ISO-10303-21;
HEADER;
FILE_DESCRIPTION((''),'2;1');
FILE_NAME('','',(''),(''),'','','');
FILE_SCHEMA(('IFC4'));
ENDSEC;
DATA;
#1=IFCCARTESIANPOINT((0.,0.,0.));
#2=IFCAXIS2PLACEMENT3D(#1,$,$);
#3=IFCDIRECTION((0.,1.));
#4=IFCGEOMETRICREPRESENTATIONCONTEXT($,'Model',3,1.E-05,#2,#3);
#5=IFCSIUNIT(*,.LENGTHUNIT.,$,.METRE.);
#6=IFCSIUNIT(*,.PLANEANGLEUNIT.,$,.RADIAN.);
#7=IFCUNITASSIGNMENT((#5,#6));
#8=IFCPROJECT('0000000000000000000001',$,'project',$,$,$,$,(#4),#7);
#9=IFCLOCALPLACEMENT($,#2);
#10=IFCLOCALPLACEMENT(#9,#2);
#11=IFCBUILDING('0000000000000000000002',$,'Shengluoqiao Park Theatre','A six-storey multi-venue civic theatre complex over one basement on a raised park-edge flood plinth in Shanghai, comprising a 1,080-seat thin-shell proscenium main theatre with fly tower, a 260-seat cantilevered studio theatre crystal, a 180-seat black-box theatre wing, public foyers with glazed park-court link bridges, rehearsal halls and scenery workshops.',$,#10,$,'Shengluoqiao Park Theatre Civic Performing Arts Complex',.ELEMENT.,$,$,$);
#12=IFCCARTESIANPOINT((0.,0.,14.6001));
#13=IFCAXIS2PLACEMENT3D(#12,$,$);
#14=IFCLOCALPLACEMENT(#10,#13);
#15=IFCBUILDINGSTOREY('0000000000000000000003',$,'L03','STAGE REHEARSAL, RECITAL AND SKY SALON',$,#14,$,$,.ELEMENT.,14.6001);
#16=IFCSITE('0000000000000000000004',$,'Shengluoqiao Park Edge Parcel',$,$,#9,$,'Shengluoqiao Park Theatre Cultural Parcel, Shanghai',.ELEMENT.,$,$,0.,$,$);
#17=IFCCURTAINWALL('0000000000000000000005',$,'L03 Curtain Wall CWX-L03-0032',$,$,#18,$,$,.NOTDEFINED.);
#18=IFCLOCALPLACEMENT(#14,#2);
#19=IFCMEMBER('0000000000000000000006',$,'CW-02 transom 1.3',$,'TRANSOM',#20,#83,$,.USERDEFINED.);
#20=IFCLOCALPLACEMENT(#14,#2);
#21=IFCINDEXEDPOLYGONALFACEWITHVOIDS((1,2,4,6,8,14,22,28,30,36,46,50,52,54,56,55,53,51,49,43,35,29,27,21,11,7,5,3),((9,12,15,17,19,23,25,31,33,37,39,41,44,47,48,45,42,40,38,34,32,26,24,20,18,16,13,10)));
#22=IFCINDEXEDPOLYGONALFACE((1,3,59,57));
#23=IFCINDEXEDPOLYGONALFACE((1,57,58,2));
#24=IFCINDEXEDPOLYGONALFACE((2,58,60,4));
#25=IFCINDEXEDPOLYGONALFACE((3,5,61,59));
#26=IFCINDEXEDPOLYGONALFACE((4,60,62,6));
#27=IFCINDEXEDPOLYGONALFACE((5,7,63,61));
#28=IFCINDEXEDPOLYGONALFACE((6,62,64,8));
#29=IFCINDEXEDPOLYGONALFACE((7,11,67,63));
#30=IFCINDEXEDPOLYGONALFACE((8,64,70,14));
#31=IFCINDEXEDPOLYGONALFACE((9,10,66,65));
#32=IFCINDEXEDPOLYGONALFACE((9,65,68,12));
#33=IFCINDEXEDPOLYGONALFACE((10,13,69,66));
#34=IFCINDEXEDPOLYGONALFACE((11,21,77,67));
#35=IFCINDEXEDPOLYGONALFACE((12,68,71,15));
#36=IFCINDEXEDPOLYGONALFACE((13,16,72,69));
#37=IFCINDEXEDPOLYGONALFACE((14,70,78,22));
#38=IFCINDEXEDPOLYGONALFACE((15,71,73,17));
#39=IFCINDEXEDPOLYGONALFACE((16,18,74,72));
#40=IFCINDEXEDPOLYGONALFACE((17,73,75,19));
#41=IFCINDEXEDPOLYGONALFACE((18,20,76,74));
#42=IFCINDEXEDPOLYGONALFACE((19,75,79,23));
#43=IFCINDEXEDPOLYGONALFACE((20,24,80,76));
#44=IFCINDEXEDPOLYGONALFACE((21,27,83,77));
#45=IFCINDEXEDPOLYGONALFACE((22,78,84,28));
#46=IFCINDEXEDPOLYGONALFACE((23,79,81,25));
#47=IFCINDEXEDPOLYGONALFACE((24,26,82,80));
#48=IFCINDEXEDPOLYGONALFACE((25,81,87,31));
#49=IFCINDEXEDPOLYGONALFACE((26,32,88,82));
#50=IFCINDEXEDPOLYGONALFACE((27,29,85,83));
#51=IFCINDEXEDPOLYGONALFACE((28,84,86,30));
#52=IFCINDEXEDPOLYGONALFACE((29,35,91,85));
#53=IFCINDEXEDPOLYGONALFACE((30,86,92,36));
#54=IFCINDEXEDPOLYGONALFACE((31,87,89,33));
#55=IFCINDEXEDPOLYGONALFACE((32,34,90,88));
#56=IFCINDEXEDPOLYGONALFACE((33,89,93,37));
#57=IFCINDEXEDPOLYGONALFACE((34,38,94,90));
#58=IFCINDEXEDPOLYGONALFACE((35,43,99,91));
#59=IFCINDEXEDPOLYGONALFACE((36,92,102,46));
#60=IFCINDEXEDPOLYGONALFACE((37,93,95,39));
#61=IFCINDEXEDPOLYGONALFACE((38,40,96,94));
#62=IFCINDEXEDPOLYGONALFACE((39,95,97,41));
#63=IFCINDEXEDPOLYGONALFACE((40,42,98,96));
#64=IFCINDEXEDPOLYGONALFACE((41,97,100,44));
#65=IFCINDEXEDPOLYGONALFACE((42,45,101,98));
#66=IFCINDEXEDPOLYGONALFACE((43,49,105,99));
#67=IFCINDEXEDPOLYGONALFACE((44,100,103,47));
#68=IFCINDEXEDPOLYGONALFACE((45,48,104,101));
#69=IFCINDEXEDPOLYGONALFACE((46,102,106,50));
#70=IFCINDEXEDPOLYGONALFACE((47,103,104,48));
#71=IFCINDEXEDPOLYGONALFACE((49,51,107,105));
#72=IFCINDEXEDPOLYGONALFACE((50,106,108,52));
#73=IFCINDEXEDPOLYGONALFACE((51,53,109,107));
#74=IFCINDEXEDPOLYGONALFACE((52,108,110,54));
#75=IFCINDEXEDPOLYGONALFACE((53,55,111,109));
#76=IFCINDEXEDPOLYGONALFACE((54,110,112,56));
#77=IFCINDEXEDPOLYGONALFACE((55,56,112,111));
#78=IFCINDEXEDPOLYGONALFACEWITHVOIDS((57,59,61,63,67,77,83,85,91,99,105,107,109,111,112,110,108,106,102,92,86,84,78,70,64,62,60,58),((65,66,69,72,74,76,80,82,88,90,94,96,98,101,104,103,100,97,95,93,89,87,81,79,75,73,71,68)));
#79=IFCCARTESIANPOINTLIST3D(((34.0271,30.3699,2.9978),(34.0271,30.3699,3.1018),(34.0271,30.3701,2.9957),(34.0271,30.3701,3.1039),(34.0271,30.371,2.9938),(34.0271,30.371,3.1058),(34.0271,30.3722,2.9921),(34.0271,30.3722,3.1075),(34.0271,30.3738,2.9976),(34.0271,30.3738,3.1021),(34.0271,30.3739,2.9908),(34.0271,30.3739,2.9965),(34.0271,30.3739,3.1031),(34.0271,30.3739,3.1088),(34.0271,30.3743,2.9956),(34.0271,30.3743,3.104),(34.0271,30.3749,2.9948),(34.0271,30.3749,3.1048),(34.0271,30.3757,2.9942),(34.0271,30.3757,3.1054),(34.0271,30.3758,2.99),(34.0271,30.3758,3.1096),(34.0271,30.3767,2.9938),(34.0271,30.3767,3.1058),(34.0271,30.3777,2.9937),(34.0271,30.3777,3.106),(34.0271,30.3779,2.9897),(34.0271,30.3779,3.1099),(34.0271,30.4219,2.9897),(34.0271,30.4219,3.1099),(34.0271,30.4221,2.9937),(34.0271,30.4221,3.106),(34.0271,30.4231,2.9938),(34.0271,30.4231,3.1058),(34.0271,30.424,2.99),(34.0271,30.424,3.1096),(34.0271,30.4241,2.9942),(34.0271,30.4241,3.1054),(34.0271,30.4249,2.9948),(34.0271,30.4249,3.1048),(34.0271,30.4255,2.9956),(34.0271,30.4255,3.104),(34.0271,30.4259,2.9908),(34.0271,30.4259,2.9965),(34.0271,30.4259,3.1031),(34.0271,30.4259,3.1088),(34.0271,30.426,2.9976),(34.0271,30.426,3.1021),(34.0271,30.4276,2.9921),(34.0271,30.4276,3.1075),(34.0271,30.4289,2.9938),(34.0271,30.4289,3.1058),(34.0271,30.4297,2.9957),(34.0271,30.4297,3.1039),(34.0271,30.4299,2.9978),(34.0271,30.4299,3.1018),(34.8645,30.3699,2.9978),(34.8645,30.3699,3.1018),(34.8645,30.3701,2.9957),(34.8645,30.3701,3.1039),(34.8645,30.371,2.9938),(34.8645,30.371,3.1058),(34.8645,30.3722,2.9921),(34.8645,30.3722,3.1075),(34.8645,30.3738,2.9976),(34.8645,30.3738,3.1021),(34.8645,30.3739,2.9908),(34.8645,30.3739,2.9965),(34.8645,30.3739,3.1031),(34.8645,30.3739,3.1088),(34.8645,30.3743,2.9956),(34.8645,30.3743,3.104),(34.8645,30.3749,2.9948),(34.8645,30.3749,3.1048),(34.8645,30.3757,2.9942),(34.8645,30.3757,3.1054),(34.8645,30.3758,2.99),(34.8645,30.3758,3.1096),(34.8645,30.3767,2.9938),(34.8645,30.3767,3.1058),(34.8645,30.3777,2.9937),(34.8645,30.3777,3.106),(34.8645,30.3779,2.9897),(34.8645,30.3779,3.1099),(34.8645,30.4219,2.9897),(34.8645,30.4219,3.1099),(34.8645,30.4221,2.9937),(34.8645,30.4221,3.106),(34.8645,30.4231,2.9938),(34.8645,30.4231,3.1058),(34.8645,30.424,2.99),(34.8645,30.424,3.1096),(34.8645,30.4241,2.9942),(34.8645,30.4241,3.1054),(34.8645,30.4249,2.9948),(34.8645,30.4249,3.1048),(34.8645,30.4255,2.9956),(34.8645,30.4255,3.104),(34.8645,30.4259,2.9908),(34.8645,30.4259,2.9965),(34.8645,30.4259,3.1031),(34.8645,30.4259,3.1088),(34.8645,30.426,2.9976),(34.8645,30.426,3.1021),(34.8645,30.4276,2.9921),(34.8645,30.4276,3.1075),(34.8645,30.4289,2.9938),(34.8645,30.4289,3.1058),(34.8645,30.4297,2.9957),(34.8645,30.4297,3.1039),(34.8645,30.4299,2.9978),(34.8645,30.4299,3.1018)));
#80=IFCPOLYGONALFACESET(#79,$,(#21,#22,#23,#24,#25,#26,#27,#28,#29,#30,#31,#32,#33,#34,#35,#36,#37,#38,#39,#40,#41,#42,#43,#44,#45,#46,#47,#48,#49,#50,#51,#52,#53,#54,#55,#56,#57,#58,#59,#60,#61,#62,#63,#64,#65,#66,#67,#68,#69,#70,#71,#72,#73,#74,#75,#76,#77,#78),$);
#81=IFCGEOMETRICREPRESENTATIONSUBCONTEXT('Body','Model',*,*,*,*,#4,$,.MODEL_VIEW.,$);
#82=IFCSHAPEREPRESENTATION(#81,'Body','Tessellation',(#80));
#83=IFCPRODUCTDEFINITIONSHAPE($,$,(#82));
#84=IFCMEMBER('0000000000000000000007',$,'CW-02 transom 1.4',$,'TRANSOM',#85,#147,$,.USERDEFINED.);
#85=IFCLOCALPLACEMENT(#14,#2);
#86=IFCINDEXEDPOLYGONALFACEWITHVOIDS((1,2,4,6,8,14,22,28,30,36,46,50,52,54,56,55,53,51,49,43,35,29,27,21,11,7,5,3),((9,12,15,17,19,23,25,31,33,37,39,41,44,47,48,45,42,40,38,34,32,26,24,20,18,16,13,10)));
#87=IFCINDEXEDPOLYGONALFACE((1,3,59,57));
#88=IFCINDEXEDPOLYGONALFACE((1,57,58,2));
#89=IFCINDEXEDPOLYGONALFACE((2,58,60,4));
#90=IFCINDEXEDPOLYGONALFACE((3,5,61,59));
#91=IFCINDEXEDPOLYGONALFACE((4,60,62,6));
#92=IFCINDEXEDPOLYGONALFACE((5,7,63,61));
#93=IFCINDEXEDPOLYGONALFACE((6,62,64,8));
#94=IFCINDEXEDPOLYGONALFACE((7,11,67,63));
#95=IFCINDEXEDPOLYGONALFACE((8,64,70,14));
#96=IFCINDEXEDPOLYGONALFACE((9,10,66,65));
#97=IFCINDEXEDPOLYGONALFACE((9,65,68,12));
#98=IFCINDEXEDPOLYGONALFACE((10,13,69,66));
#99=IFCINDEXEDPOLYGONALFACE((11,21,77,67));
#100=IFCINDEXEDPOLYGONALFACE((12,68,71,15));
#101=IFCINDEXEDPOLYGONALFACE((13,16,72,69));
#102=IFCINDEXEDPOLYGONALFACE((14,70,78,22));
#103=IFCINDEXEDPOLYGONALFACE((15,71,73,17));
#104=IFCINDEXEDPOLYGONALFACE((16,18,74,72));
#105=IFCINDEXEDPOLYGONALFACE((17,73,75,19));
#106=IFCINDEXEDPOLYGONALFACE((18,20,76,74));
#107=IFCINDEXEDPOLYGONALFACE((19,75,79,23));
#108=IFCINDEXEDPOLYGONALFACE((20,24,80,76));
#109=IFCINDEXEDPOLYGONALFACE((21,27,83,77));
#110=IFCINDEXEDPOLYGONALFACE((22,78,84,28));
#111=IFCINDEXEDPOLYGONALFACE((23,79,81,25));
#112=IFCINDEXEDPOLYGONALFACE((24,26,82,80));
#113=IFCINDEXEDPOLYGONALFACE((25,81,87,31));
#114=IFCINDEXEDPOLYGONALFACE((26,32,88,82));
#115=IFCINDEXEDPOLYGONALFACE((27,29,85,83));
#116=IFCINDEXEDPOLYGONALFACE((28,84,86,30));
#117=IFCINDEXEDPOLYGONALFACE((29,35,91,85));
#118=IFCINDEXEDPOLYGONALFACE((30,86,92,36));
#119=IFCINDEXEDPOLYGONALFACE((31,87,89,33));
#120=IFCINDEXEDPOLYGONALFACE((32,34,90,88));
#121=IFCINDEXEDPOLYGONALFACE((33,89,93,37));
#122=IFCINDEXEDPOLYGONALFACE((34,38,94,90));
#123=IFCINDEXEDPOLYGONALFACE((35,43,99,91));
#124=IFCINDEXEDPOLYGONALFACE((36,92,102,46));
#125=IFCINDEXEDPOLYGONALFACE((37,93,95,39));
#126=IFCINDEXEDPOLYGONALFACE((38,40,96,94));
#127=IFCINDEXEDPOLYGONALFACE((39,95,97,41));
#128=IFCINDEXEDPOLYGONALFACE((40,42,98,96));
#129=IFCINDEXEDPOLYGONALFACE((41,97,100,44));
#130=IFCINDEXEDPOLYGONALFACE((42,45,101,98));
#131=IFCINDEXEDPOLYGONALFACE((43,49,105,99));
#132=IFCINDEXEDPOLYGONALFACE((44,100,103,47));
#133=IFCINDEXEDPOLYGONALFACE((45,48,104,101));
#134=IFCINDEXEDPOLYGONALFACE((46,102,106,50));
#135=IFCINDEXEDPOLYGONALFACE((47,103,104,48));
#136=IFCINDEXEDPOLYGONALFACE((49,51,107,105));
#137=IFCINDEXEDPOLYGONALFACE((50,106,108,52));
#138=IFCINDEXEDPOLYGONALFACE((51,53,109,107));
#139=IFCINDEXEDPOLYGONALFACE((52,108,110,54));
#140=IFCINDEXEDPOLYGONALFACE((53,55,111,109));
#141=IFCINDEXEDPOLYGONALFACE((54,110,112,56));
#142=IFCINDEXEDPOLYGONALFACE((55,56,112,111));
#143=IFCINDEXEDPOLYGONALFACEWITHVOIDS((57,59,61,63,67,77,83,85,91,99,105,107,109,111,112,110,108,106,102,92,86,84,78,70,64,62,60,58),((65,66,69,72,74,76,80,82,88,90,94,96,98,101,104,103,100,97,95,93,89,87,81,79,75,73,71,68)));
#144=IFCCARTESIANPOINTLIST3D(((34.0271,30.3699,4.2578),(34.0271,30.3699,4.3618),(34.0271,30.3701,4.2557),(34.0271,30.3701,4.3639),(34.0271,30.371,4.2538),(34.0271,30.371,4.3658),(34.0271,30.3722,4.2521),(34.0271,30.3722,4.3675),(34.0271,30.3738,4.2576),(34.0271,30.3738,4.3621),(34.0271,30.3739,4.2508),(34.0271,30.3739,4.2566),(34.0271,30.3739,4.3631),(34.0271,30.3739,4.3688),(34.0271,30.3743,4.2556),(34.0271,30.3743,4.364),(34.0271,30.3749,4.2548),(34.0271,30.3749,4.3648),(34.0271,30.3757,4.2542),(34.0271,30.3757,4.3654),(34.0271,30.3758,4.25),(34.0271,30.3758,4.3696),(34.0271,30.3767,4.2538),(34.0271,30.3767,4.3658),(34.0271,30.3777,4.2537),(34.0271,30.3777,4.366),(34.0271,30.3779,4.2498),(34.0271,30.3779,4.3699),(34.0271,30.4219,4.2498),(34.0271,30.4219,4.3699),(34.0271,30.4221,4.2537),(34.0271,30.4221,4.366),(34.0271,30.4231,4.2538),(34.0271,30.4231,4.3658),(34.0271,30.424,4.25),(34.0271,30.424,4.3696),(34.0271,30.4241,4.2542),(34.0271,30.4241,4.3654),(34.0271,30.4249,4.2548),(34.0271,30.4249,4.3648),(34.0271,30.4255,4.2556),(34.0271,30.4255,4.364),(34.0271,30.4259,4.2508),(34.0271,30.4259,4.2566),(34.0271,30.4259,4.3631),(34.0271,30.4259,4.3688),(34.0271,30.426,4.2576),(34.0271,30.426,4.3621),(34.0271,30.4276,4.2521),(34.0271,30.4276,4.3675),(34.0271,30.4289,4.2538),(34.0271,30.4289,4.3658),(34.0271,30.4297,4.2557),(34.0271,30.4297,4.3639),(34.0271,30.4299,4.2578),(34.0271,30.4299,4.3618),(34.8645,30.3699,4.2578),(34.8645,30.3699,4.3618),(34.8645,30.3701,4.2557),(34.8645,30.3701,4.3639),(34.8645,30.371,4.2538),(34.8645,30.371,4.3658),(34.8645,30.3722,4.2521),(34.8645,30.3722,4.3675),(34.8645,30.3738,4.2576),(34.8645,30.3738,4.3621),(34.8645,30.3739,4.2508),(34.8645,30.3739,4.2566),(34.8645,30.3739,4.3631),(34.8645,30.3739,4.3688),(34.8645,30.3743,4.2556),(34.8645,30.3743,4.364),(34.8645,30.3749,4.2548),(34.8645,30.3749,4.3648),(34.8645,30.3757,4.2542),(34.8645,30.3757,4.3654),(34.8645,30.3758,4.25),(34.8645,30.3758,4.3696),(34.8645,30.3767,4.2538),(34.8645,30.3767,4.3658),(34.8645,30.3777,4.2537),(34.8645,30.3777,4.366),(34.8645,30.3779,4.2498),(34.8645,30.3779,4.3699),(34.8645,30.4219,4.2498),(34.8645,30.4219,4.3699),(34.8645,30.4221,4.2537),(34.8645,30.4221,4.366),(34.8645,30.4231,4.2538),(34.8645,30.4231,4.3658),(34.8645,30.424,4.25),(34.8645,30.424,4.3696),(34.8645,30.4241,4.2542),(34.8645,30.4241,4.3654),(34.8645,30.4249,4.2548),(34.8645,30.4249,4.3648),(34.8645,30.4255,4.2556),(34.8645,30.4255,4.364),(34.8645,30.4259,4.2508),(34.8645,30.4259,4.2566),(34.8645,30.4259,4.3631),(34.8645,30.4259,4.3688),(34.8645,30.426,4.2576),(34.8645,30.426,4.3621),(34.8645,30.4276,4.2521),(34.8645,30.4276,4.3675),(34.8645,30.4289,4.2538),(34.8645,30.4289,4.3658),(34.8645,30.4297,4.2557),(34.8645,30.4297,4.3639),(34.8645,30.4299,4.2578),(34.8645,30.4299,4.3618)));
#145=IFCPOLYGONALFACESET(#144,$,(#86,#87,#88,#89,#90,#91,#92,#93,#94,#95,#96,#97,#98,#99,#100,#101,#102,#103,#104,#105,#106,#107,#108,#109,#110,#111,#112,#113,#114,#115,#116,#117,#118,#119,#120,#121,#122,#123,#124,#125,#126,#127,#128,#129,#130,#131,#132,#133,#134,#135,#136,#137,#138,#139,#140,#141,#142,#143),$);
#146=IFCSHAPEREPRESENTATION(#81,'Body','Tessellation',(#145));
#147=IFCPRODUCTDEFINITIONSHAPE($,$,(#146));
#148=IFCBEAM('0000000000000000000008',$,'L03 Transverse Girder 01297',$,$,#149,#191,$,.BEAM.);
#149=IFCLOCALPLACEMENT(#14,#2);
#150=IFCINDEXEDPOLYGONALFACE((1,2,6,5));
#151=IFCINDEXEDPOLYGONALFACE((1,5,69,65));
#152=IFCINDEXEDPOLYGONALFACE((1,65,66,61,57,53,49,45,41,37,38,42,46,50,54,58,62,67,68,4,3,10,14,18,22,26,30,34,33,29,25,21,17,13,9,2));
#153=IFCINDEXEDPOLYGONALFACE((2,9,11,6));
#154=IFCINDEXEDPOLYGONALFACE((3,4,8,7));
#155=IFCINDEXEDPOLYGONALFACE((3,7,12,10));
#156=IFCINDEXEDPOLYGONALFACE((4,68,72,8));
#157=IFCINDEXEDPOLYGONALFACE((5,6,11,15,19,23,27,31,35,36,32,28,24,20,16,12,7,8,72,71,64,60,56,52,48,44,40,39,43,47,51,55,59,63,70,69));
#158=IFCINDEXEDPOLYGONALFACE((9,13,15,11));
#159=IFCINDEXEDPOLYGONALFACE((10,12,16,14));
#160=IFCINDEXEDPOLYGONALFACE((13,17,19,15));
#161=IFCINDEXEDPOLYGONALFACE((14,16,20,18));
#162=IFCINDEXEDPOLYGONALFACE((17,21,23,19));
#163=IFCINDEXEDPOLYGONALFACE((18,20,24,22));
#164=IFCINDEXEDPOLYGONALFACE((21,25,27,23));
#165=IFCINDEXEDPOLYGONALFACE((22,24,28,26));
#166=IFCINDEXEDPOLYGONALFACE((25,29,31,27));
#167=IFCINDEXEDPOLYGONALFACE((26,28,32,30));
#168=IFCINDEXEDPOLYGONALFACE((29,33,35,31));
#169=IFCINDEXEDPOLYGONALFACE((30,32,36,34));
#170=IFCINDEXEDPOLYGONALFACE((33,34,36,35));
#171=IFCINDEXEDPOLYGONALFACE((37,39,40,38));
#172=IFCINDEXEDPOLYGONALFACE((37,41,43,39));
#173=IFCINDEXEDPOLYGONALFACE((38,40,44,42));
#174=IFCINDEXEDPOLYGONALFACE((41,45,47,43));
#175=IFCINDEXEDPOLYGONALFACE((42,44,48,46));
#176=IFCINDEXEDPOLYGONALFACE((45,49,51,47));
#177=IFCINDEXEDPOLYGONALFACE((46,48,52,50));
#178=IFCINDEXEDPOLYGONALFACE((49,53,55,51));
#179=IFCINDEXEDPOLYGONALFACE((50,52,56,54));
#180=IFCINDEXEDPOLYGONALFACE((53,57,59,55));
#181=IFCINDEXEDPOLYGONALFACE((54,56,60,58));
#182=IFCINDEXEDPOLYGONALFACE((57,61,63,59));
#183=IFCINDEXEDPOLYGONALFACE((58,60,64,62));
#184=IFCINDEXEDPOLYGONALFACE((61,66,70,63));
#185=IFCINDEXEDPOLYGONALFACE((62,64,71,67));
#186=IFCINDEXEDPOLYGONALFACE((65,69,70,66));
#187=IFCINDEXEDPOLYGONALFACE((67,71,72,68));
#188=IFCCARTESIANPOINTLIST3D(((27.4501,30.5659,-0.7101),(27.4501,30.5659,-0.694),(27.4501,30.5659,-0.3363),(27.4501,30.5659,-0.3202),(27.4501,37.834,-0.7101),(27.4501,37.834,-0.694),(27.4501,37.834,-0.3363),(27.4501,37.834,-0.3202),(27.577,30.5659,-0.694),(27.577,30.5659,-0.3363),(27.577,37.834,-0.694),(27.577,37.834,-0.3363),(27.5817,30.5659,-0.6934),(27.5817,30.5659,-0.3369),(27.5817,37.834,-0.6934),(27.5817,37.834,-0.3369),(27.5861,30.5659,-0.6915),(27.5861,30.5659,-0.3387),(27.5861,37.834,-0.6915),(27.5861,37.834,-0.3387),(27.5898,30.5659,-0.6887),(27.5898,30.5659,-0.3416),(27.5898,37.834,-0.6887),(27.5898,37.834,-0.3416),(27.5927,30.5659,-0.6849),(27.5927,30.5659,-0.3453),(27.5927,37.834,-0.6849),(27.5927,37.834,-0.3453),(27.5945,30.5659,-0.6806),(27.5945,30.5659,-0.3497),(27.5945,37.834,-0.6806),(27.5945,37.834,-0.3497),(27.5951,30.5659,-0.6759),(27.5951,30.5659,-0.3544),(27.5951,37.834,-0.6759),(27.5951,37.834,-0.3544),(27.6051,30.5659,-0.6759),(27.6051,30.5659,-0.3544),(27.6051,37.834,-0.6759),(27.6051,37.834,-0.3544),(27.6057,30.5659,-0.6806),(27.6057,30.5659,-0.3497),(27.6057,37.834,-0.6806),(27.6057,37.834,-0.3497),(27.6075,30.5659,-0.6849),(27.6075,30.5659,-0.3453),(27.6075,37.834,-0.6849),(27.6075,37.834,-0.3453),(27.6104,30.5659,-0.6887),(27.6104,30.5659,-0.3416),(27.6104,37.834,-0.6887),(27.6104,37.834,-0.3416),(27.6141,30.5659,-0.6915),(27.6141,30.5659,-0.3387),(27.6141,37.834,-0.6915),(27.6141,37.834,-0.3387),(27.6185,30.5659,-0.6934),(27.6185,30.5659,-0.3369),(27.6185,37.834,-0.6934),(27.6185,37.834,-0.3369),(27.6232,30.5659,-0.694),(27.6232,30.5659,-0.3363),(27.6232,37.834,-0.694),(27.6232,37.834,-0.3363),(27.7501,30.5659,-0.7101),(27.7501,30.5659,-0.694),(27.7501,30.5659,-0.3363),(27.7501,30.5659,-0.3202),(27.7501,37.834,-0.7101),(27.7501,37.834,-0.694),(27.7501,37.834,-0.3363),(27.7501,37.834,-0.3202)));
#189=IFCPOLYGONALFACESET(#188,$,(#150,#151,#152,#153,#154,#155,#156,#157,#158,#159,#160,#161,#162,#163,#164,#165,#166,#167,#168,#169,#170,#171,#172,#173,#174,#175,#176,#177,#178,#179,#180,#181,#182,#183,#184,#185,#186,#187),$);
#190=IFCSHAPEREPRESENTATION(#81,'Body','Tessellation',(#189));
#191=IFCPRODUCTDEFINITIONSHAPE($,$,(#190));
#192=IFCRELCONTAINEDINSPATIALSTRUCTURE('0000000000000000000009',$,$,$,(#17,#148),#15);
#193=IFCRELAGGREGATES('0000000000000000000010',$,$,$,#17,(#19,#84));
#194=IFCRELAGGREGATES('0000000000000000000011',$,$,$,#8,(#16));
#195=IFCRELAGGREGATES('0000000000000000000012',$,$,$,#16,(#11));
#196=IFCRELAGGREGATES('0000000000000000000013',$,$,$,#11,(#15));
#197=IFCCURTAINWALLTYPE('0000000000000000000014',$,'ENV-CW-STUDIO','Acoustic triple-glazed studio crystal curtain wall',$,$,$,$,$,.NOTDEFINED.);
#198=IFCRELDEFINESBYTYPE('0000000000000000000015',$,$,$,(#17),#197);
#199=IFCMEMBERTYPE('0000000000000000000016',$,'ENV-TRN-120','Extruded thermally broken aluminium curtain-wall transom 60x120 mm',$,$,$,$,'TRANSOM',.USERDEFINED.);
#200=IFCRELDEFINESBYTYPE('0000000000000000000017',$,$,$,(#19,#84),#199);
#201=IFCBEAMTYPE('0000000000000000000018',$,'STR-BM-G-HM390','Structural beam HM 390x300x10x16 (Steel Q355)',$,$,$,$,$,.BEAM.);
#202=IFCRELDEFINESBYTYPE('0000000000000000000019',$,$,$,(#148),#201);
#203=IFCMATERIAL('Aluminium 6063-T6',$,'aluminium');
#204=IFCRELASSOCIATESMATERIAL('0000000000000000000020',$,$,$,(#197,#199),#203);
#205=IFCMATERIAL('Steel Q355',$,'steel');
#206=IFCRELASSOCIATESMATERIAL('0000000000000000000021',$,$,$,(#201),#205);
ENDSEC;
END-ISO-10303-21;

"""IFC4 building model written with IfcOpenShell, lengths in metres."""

from ifc_helpers import new_model, si_unit, direction, frame, origin, origin_2d, place, context, subcontext, project, spatial, hollow_rectangle, i_section, extrude, material, material_profile, profile_set, type_object, element, aggregate, save


model = new_model("IFC4")

# Units and contexts
model_context = context("Model", 3, precision=1e-05, world=origin(), true_north=direction((0.0, 1.0)))
body_context = subcontext(model_context, "Body", "Model", "MODEL_VIEW")
ifc_project = project(units=[si_unit("LENGTHUNIT", "METRE"), si_unit("PLANEANGLEUNIT", "RADIAN")], contexts=[model_context])

# Site, building, storey
site_placement = place(None, origin())
site = spatial("IfcSite", under=ifc_project, at=site_placement, Name="Shengluoqiao Park Edge Parcel", LongName="Shengluoqiao Park Theatre Cultural Parcel, Shanghai", CompositionType="ELEMENT", RefElevation=0.0)
building_placement = place(site_placement, origin())
building = spatial("IfcBuilding", under=site, at=building_placement, Name="Shengluoqiao Park Theatre", Description="A six-storey multi-venue civic theatre complex over one basement on a raised park-edge flood plinth in Shanghai, comprising a 1,080-seat thin-shell proscenium main theatre with fly tower, a 260-seat cantilevered studio theatre crystal, a 180-seat black-box theatre wing, public foyers with glazed park-court link bridges, rehearsal halls and scenery workshops.", LongName="Shengluoqiao Park Theatre Civic Performing Arts Complex", CompositionType="ELEMENT")
storey_placement = place(building_placement, frame((0.0, 0.0, 14.6001)))
storey = spatial("IfcBuildingStorey", under=building, at=storey_placement, Name="L03", Description="STAGE REHEARSAL, RECITAL AND SKY SALON", CompositionType="ELEMENT", Elevation=14.6001)

# Shared definitions
ifc_material_1 = material(Name="Steel Q355", Category="steel")

# Curtain wall, members
ifc_material_2 = material(Name="Aluminium 6063-T6", Category="aluminium")
curtain_wall_type = type_object("IfcCurtainWallType", Name="ENV-CW-STUDIO", Description="Acoustic triple-glazed studio crystal curtain wall", PredefinedType="NOTDEFINED", material=ifc_material_2)
curtain_wall_placement = place(storey_placement, origin())
curtain_wall = element("IfcCurtainWall", 1, at=curtain_wall_placement, inside=storey, type_object=curtain_wall_type, Name="L03 Curtain Wall CWX-L03-0032", PredefinedType="NOTDEFINED")
ifc_material_profile_1 = material_profile(ifc_material_2, hollow_rectangle(XDim=0.0601, YDim=0.1201, WallThickness=0.0039, InnerFilletRadius=0.0039, OuterFilletRadius=0.0081, at=origin_2d()), Name="ALU TRANSOM 120x60x4")
ifc_profile_set_1 = profile_set([ifc_material_profile_1], Name="Aluminium 6063-T6")
member_type_1 = type_object("IfcMemberType", Name="ENV-TRN-120", Description="Extruded thermally broken aluminium curtain-wall transom 60x120 mm", ElementType="TRANSOM", PredefinedType="USERDEFINED", material=ifc_profile_set_1)
member_1_placement = place(storey_placement, frame((34.0271, 30.3999, 3.0498), z_axis=(1.0, 0.0, 0.0), x_axis=(0.0, 1.0, 0.0)))
member_1 = element("IfcMember", 2, at=member_1_placement, type_object=member_type_1, Name="CW-02 transom 1.3", ObjectType="TRANSOM", PredefinedType="USERDEFINED", context=body_context, shape_type="SweptSolid", body=[
    extrude(hollow_rectangle(XDim=0.0601, YDim=0.1201, WallThickness=0.0039, InnerFilletRadius=0.0039, OuterFilletRadius=0.0081, at=origin_2d()), origin(), (0.0, 0.0, 1.0), 0.8374),
])
member_2_placement = place(storey_placement, frame((34.0271, 30.3999, 4.3098), z_axis=(1.0, 0.0, 0.0), x_axis=(0.0, 1.0, 0.0)))
member_2 = element("IfcMember", 3, at=member_2_placement, type_object=member_type_1, Name="CW-02 transom 1.4", ObjectType="TRANSOM", PredefinedType="USERDEFINED", context=body_context, shape_type="SweptSolid", body=[
    extrude(hollow_rectangle(XDim=0.0601, YDim=0.1201, WallThickness=0.0039, InnerFilletRadius=0.0039, OuterFilletRadius=0.0081, at=origin_2d()), origin(), (0.0, 0.0, 1.0), 0.8374),
])

# Beam
ifc_material_profile_2 = material_profile(ifc_material_1, i_section(OverallWidth=0.3, OverallDepth=0.3899, WebThickness=0.01, FlangeThickness=0.0161, FilletRadius=0.0181, at=origin_2d()), Name="HM 390x300x10x16")
ifc_profile_set_2 = profile_set([ifc_material_profile_2], Name="Steel Q355")
beam_type_1 = type_object("IfcBeamType", Name="STR-BM-G-HM390", Description="Structural beam HM 390x300x10x16 (Steel Q355)", PredefinedType="BEAM", material=ifc_profile_set_2)
beam_1_placement = place(storey_placement, frame((27.6001, 30.5659, -0.5151), z_axis=(0.0, 1.0, 0.0), x_axis=(-1.0, 0.0, 0.0)))
element("IfcBeam", 4, at=beam_1_placement, inside=storey, type_object=beam_type_1, Name="L03 Transverse Girder 01297", PredefinedType="BEAM", context=body_context, shape_type="SweptSolid", body=[
    extrude(i_section(OverallWidth=0.3, OverallDepth=0.3899, WebThickness=0.01, FlangeThickness=0.0161, FilletRadius=0.0181, at=origin_2d()), origin(), (0.0, 0.0, 1.0), 7.2681),
])

aggregate(curtain_wall, [member_1, member_2])

save(model, "model.ifc")
